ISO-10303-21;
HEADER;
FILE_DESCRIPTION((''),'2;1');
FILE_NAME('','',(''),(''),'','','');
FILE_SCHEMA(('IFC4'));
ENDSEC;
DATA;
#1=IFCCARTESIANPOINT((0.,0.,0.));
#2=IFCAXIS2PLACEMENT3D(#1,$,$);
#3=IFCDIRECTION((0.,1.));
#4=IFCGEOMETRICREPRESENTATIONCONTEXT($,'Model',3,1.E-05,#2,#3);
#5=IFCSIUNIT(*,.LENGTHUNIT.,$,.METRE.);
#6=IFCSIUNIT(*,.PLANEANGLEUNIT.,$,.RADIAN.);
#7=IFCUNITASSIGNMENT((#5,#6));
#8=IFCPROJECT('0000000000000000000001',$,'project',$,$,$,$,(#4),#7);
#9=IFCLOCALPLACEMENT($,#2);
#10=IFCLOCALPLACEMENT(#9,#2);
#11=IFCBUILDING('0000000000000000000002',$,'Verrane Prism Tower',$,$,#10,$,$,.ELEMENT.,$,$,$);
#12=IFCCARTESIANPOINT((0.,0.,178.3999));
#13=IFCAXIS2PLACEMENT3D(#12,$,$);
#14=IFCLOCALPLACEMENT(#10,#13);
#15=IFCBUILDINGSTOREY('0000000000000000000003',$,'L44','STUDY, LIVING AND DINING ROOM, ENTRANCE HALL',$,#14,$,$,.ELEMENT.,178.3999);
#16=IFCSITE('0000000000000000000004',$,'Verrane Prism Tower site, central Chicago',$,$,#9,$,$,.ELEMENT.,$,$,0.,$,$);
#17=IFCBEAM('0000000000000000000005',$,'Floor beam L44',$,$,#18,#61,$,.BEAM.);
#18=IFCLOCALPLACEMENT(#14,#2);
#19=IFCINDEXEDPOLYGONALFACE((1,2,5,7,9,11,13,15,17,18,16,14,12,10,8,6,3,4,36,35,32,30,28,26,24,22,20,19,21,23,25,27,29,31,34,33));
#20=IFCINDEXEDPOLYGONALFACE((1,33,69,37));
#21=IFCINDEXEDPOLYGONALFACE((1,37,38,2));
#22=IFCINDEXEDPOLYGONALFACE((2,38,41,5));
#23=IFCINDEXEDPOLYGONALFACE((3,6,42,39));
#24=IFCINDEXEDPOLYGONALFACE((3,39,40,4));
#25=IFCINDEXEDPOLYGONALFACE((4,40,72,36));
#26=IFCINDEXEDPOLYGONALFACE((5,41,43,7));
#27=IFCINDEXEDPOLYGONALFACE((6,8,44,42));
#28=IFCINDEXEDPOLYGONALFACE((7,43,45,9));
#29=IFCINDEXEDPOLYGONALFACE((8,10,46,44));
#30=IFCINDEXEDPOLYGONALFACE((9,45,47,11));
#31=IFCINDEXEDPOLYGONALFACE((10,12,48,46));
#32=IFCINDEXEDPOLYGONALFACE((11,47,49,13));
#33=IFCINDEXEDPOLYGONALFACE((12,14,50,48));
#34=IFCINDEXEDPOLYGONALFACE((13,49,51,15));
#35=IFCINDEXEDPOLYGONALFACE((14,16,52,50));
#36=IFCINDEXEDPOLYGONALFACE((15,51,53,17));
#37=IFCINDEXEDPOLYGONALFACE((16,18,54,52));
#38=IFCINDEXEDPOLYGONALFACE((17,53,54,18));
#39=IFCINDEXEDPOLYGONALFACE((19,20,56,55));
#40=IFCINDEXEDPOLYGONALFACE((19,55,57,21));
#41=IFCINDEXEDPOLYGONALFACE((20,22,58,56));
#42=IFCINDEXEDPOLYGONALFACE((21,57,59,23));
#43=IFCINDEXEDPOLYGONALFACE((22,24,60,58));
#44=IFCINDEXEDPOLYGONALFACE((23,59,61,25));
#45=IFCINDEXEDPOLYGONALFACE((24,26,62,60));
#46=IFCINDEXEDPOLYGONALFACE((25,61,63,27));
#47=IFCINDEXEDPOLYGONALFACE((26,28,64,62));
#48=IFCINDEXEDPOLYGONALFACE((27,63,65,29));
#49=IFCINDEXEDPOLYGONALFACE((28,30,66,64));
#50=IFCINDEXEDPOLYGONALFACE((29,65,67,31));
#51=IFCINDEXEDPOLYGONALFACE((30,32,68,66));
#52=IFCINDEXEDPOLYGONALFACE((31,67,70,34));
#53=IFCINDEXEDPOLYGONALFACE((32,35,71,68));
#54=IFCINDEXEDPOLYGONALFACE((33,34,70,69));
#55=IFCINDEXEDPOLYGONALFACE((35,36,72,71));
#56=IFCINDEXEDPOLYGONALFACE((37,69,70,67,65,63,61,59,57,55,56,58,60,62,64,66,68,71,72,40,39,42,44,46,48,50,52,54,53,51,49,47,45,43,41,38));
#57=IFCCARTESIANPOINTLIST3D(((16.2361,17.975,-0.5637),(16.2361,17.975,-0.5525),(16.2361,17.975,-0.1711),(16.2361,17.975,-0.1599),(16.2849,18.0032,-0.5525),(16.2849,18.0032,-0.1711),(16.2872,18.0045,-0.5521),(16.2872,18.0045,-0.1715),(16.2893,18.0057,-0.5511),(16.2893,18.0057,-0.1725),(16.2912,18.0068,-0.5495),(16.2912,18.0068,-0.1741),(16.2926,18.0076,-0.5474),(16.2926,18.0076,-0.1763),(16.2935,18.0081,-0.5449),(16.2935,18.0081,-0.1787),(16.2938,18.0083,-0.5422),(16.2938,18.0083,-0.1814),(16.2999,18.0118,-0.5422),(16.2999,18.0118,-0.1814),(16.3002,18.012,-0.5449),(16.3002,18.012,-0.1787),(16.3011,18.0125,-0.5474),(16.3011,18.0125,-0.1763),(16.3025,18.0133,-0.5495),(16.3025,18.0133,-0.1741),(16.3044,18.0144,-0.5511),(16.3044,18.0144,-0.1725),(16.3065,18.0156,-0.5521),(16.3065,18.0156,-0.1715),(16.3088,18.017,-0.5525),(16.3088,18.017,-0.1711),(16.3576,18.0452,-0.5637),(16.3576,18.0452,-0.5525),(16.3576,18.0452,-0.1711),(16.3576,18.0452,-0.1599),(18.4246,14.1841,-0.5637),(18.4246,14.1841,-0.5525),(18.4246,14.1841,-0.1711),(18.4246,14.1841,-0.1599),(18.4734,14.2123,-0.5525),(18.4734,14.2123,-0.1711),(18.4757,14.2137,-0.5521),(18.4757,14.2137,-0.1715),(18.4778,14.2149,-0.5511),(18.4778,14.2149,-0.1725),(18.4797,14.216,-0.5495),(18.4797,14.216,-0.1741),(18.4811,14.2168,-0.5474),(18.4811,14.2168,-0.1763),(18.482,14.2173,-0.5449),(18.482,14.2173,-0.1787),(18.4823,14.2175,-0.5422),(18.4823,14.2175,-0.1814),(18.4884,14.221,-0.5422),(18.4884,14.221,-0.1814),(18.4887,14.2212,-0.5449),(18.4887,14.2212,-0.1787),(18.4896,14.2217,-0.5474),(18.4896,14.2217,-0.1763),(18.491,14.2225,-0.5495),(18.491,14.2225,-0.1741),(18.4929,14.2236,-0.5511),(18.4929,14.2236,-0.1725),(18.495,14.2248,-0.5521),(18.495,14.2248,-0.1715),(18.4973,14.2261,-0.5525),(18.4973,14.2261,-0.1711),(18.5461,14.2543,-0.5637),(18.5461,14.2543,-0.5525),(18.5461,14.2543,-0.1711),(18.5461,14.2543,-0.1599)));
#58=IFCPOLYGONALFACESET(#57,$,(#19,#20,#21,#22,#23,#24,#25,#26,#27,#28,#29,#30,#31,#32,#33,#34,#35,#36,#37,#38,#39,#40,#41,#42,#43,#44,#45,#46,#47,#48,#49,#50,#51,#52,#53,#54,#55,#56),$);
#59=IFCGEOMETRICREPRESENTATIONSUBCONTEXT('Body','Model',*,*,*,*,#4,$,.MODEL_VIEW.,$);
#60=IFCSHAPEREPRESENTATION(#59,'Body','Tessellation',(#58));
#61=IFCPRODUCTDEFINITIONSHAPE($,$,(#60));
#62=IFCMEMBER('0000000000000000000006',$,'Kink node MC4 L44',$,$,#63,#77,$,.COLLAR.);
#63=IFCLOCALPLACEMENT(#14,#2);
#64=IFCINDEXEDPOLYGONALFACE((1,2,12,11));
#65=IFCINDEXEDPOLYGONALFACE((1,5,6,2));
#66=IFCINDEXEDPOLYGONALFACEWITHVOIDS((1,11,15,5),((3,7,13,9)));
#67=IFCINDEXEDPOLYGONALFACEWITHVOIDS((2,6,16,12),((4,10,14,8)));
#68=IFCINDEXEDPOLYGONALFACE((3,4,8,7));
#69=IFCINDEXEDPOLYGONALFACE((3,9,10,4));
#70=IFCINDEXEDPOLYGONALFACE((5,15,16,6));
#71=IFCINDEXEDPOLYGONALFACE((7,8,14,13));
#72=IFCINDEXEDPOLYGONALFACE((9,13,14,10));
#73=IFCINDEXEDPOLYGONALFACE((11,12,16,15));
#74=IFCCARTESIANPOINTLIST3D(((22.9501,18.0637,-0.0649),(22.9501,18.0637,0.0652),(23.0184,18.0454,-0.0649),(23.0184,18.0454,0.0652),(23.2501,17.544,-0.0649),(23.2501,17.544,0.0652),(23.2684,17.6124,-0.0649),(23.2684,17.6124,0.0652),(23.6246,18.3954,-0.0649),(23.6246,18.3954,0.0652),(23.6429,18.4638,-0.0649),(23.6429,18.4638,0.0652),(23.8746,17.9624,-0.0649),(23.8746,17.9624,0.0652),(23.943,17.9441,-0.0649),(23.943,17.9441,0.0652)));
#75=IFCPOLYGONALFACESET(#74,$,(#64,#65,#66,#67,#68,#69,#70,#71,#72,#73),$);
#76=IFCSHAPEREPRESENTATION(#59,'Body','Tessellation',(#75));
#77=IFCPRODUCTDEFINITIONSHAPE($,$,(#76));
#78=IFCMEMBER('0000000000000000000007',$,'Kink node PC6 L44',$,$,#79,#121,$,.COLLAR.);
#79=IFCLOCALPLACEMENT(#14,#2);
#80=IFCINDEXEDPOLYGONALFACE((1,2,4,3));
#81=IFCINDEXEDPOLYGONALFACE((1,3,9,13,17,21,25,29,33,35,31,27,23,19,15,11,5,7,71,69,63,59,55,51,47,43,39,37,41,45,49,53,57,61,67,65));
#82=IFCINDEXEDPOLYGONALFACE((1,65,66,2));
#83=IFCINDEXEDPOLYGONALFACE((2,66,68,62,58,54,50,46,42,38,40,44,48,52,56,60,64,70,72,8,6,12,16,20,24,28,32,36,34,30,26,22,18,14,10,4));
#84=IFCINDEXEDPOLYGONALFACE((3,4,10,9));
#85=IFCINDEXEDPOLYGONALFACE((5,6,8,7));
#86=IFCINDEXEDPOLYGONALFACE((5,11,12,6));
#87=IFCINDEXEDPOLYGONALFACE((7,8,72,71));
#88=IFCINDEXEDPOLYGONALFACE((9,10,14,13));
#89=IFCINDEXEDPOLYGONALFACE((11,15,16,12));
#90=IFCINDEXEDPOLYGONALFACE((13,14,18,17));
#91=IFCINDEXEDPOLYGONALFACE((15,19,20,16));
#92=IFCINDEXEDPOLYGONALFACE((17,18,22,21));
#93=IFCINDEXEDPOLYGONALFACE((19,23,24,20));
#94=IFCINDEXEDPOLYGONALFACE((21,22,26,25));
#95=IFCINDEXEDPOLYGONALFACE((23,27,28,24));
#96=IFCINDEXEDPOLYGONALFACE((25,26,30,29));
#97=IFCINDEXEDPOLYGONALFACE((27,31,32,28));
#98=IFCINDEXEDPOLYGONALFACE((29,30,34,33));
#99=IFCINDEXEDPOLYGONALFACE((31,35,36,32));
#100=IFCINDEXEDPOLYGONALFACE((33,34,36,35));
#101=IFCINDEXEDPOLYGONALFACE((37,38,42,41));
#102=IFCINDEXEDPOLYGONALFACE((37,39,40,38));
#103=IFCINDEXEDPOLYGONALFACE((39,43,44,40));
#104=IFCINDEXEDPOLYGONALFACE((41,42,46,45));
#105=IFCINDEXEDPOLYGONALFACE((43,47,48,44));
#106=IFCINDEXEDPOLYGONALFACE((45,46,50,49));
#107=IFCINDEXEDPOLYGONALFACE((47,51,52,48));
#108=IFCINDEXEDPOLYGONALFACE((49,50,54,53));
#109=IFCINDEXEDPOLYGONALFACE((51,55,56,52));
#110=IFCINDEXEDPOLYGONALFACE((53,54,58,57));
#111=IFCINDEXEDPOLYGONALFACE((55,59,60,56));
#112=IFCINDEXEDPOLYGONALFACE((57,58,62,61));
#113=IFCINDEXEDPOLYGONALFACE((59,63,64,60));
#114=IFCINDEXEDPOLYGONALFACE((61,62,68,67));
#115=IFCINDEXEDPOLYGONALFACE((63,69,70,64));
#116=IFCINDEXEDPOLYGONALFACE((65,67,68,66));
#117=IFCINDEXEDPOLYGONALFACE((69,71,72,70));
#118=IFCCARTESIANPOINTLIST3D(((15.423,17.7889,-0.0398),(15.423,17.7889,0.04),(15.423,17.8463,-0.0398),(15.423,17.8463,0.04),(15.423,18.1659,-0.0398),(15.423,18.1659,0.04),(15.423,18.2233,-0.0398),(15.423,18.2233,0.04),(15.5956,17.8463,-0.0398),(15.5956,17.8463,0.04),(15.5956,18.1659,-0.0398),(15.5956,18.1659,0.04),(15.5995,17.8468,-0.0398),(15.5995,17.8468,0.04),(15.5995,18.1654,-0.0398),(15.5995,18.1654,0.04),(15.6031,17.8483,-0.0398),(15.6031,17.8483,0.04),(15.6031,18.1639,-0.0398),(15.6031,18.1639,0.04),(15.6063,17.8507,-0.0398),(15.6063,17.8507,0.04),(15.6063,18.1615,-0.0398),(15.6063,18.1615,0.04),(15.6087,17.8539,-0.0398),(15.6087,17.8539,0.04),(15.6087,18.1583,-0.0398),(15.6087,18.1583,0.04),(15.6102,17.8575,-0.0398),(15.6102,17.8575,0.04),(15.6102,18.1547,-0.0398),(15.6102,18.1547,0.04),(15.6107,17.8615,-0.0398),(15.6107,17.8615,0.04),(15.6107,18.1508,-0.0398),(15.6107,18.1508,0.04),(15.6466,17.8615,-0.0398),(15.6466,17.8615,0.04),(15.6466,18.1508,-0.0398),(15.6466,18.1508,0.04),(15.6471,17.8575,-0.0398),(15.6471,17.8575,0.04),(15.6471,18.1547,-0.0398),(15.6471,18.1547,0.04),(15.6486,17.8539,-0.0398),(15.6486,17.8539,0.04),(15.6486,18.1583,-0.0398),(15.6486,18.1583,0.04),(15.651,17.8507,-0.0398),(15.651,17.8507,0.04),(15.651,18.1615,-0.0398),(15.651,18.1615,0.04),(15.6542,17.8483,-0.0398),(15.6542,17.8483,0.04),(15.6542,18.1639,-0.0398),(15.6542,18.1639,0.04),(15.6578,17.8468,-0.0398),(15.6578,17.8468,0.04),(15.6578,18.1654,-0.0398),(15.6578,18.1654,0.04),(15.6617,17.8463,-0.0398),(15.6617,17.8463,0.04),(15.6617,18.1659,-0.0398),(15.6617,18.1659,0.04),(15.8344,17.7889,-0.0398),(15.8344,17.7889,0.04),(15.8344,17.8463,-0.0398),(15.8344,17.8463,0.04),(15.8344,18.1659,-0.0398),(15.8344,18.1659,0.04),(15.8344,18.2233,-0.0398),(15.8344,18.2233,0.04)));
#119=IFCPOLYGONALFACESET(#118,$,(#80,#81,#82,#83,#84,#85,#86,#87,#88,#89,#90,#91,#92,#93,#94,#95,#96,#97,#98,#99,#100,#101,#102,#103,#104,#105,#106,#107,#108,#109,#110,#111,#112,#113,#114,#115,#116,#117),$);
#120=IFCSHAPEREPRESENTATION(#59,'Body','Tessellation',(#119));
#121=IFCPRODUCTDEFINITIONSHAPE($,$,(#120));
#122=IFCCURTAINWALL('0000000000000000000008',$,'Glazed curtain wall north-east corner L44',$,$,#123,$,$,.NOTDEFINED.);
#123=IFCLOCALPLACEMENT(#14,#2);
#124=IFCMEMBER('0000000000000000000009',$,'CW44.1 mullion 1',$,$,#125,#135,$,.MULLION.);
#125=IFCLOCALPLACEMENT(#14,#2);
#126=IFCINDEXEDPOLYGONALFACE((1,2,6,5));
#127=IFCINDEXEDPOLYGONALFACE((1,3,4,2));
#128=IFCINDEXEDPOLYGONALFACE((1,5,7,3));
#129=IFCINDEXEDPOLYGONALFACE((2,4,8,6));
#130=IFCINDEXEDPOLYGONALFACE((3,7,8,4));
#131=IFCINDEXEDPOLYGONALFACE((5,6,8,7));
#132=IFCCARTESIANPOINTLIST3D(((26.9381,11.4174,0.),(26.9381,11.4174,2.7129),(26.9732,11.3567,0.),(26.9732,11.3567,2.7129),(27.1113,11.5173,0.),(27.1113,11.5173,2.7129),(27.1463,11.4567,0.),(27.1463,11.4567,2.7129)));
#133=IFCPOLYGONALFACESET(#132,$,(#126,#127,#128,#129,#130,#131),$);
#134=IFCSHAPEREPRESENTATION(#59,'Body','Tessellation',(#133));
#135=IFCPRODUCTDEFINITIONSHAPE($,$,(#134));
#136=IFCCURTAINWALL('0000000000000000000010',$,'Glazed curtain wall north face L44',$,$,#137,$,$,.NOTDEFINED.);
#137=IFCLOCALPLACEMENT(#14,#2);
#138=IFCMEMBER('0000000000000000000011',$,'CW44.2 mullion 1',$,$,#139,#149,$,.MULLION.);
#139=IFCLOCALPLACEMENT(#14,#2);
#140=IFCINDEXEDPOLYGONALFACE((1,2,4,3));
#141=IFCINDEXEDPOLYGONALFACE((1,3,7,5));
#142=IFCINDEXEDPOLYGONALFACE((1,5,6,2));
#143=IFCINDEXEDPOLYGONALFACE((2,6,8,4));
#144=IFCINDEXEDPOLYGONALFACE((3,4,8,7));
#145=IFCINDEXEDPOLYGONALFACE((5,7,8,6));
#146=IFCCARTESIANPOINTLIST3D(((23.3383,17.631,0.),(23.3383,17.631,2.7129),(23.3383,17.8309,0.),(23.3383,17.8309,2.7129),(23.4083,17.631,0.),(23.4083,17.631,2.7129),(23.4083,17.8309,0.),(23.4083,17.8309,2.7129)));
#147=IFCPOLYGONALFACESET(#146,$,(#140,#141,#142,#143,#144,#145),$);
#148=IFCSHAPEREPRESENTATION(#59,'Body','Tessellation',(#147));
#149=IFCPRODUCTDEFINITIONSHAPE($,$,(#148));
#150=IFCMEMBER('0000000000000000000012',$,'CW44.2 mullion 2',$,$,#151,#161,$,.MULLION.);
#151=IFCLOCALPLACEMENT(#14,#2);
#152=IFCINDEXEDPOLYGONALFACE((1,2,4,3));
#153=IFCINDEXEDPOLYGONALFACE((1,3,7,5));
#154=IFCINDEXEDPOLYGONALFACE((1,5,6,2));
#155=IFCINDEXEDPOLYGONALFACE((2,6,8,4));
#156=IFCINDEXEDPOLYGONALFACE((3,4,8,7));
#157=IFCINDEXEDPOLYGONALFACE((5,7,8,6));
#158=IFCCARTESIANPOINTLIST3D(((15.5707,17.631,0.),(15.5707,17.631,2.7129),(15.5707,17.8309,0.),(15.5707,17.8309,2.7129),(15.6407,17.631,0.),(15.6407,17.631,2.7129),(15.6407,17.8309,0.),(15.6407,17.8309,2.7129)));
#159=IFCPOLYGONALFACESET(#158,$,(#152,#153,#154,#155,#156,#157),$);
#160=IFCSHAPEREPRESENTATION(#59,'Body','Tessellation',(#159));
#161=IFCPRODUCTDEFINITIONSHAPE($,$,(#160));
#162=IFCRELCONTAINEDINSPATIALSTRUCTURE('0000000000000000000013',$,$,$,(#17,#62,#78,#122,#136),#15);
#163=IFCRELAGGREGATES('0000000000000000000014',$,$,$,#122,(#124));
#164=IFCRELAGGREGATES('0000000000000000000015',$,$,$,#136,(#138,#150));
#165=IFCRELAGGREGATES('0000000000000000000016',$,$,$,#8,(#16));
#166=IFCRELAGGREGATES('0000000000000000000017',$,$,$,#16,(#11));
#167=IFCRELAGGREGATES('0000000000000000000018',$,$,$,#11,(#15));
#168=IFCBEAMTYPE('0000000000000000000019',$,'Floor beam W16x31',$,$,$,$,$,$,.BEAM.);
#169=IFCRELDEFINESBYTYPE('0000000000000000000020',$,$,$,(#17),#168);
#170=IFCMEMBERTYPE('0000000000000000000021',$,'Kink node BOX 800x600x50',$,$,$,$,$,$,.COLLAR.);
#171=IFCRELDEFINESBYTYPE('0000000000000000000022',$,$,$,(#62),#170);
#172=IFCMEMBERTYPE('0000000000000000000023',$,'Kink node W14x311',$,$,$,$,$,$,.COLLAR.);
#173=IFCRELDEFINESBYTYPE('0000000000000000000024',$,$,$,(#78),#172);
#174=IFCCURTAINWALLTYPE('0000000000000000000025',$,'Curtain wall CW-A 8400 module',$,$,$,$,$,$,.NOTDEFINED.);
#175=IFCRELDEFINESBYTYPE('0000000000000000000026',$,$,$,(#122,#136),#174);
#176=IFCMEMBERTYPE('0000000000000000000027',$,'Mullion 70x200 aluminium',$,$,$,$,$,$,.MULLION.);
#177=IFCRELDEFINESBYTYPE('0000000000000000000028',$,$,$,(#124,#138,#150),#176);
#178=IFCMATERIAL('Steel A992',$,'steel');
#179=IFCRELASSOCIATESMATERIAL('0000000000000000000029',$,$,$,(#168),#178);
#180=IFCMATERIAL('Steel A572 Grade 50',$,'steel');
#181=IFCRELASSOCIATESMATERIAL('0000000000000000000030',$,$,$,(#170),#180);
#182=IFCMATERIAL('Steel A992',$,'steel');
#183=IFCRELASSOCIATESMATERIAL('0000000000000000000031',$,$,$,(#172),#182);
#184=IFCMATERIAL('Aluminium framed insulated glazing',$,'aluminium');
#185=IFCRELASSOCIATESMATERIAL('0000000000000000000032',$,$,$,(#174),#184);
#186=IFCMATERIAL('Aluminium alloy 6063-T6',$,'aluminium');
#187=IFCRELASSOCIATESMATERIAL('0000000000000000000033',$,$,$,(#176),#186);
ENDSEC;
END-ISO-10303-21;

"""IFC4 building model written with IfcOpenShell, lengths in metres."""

from ifc_helpers import new_model, si_unit, direction, frame, origin, origin_2d, place, context, subcontext, project, spatial, rectangle, hollow_rectangle, i_section, extrude, material, material_profile, profile_set, type_object, element, aggregate, save


model = new_model("IFC4")

# Units and contexts
model_context = context("Model", 3, precision=1e-05, world=origin(), true_north=direction((0.0, 1.0)))
body_context = subcontext(model_context, "Body", "Model", "MODEL_VIEW")
ifc_project = project(units=[si_unit("LENGTHUNIT", "METRE"), si_unit("PLANEANGLEUNIT", "RADIAN")], contexts=[model_context])

# Site, building, storey
site_placement = place(None, origin())
site = spatial("IfcSite", under=ifc_project, at=site_placement, Name="Verrane Prism Tower site, central Chicago", CompositionType="ELEMENT", RefElevation=0.0)
building_placement = place(site_placement, origin())
building = spatial("IfcBuilding", under=site, at=building_placement, Name="Verrane Prism Tower", CompositionType="ELEMENT")
storey_placement = place(building_placement, frame((0.0, 0.0, 178.3999)))
storey = spatial("IfcBuildingStorey", under=building, at=storey_placement, Name="L44", Description="STUDY, LIVING AND DINING ROOM, ENTRANCE HALL", CompositionType="ELEMENT", Elevation=178.3999)

# Beam
ifc_material_1 = material(Name="Steel A992", Category="steel")
ifc_material_profile_1 = material_profile(ifc_material_1, i_section(OverallWidth=0.1404, OverallDepth=0.4038, WebThickness=0.0071, FlangeThickness=0.0112, FilletRadius=0.0103, at=origin_2d()), Name="W16x31")
ifc_profile_set_1 = profile_set([ifc_material_profile_1], Name="Steel A992")
beam_type_1 = type_object("IfcBeamType", Name="Floor beam W16x31", PredefinedType="BEAM", material=ifc_profile_set_1)
beam_1_placement = place(storey_placement, frame((18.4854, 14.2192, -0.3618), z_axis=(-0.499978, 0.866038, 0.0), x_axis=(-0.866038, -0.499978, 0.0)))
element("IfcBeam", 1, at=beam_1_placement, inside=storey, type_object=beam_type_1, Name="Floor beam L44", PredefinedType="BEAM", context=body_context, shape_type="SweptSolid", body=[
    extrude(i_section(OverallWidth=0.1404, OverallDepth=0.4038, WebThickness=0.0071, FlangeThickness=0.0112, FilletRadius=0.0103, at=origin_2d()), origin(), (0.0, 0.0, 1.0), 4.3772),
])

# Members
ifc_material_2 = material(Name="Steel A572 Grade 50", Category="steel")
ifc_material_profile_2 = material_profile(ifc_material_2, hollow_rectangle(XDim=0.6001, YDim=0.8, WallThickness=0.05, at=origin_2d()), Name="BOX 800x600x50")
ifc_profile_set_2 = profile_set([ifc_material_profile_2], Name="Steel A572 Grade 50")
member_type_1 = type_object("IfcMemberType", Name="Kink node BOX 800x600x50", PredefinedType="COLLAR", material=ifc_profile_set_2)
member_1_placement = place(storey_placement, frame((23.4465, 18.0039, -0.0649), z_axis=(0.0, 0.0, 1.0), x_axis=(0.5, -0.866025, 0.0)))
element("IfcMember", 2, at=member_1_placement, inside=storey, type_object=member_type_1, Name="Kink node MC4 L44", PredefinedType="COLLAR", context=body_context, shape_type="SweptSolid", body=[
    extrude(hollow_rectangle(XDim=0.6001, YDim=0.8, WallThickness=0.05, at=origin_2d()), origin(), (0.0, 0.0, 1.0), 0.1301),
])
ifc_material_3 = material(Name="Steel A992", Category="steel")
ifc_material_profile_3 = material_profile(ifc_material_3, i_section(OverallWidth=0.4114, OverallDepth=0.4343, WebThickness=0.0359, FlangeThickness=0.0574, FilletRadius=0.0151, at=origin_2d()), Name="W14x311")
ifc_profile_set_3 = profile_set([ifc_material_profile_3], Name="Steel A992")
member_type_2 = type_object("IfcMemberType", Name="Kink node W14x311", PredefinedType="COLLAR", material=ifc_profile_set_3)
member_2_placement = place(storey_placement, frame((15.6287, 18.0061, -0.0398), z_axis=(0.0, 0.0, 1.0), x_axis=(1.0, 0.0, 0.0)))
element("IfcMember", 3, at=member_2_placement, inside=storey, type_object=member_type_2, Name="Kink node PC6 L44", PredefinedType="COLLAR", context=body_context, shape_type="SweptSolid", body=[
    extrude(i_section(OverallWidth=0.4114, OverallDepth=0.4343, WebThickness=0.0359, FlangeThickness=0.0574, FilletRadius=0.0151, at=origin_2d()), origin(), (0.0, 0.0, 1.0), 0.0798),
])

# Curtain wall, member
ifc_material_4 = material(Name="Aluminium framed insulated glazing", Category="aluminium")
curtain_wall_type = type_object("IfcCurtainWallType", Name="Curtain wall CW-A 8400 module", PredefinedType="NOTDEFINED", material=ifc_material_4)
curtain_wall_1_placement = place(storey_placement, origin())
curtain_wall_1 = element("IfcCurtainWall", 4, at=curtain_wall_1_placement, inside=storey, type_object=curtain_wall_type, Name="Glazed curtain wall north-east corner L44", PredefinedType="NOTDEFINED")
ifc_material_5 = material(Name="Aluminium alloy 6063-T6", Category="aluminium")
ifc_material_profile_4 = material_profile(ifc_material_5, rectangle(XDim=0.2, YDim=0.0701, at=origin_2d()), Name="Mullion 70x200 aluminium")
ifc_profile_set_4 = profile_set([ifc_material_profile_4], Name="Aluminium alloy 6063-T6")
member_type_3 = type_object("IfcMemberType", Name="Mullion 70x200 aluminium", PredefinedType="MULLION", material=ifc_profile_set_4)
member_3_placement = place(storey_placement, frame((27.0422, 11.437, 0.0), z_axis=(0.0, 0.0, 1.0), x_axis=(-0.866024, -0.500002, 0.0)))
member_3 = element("IfcMember", 5, at=member_3_placement, type_object=member_type_3, Name="CW44.1 mullion 1", PredefinedType="MULLION", context=body_context, shape_type="SweptSolid", body=[
    extrude(rectangle(XDim=0.2, YDim=0.0701, at=origin_2d()), origin(), (0.0, 0.0, 1.0), 2.7129),
])

# Curtain wall, members
curtain_wall_2_placement = place(storey_placement, origin())
curtain_wall_2 = element("IfcCurtainWall", 6, at=curtain_wall_2_placement, inside=storey, type_object=curtain_wall_type, Name="Glazed curtain wall north face L44", PredefinedType="NOTDEFINED")
member_4_placement = place(storey_placement, frame((23.3733, 17.731, 0.0), z_axis=(0.0, 0.0, 1.0), x_axis=(0.0, -1.0, 0.0)))
member_4 = element("IfcMember", 7, at=member_4_placement, type_object=member_type_3, Name="CW44.2 mullion 1", PredefinedType="MULLION", context=body_context, shape_type="SweptSolid", body=[
    extrude(rectangle(XDim=0.2, YDim=0.0701, at=origin_2d()), origin(), (0.0, 0.0, 1.0), 2.7129),
])
member_5_placement = place(storey_placement, frame((15.6057, 17.731, 0.0), z_axis=(0.0, 0.0, 1.0), x_axis=(0.0, -1.0, 0.0)))
member_5 = element("IfcMember", 8, at=member_5_placement, type_object=member_type_3, Name="CW44.2 mullion 2", PredefinedType="MULLION", context=body_context, shape_type="SweptSolid", body=[
    extrude(rectangle(XDim=0.2, YDim=0.0701, at=origin_2d()), origin(), (0.0, 0.0, 1.0), 2.7129),
])

aggregate(curtain_wall_1, [member_3])
aggregate(curtain_wall_2, [member_4, member_5])

save(model, "model.ifc")
